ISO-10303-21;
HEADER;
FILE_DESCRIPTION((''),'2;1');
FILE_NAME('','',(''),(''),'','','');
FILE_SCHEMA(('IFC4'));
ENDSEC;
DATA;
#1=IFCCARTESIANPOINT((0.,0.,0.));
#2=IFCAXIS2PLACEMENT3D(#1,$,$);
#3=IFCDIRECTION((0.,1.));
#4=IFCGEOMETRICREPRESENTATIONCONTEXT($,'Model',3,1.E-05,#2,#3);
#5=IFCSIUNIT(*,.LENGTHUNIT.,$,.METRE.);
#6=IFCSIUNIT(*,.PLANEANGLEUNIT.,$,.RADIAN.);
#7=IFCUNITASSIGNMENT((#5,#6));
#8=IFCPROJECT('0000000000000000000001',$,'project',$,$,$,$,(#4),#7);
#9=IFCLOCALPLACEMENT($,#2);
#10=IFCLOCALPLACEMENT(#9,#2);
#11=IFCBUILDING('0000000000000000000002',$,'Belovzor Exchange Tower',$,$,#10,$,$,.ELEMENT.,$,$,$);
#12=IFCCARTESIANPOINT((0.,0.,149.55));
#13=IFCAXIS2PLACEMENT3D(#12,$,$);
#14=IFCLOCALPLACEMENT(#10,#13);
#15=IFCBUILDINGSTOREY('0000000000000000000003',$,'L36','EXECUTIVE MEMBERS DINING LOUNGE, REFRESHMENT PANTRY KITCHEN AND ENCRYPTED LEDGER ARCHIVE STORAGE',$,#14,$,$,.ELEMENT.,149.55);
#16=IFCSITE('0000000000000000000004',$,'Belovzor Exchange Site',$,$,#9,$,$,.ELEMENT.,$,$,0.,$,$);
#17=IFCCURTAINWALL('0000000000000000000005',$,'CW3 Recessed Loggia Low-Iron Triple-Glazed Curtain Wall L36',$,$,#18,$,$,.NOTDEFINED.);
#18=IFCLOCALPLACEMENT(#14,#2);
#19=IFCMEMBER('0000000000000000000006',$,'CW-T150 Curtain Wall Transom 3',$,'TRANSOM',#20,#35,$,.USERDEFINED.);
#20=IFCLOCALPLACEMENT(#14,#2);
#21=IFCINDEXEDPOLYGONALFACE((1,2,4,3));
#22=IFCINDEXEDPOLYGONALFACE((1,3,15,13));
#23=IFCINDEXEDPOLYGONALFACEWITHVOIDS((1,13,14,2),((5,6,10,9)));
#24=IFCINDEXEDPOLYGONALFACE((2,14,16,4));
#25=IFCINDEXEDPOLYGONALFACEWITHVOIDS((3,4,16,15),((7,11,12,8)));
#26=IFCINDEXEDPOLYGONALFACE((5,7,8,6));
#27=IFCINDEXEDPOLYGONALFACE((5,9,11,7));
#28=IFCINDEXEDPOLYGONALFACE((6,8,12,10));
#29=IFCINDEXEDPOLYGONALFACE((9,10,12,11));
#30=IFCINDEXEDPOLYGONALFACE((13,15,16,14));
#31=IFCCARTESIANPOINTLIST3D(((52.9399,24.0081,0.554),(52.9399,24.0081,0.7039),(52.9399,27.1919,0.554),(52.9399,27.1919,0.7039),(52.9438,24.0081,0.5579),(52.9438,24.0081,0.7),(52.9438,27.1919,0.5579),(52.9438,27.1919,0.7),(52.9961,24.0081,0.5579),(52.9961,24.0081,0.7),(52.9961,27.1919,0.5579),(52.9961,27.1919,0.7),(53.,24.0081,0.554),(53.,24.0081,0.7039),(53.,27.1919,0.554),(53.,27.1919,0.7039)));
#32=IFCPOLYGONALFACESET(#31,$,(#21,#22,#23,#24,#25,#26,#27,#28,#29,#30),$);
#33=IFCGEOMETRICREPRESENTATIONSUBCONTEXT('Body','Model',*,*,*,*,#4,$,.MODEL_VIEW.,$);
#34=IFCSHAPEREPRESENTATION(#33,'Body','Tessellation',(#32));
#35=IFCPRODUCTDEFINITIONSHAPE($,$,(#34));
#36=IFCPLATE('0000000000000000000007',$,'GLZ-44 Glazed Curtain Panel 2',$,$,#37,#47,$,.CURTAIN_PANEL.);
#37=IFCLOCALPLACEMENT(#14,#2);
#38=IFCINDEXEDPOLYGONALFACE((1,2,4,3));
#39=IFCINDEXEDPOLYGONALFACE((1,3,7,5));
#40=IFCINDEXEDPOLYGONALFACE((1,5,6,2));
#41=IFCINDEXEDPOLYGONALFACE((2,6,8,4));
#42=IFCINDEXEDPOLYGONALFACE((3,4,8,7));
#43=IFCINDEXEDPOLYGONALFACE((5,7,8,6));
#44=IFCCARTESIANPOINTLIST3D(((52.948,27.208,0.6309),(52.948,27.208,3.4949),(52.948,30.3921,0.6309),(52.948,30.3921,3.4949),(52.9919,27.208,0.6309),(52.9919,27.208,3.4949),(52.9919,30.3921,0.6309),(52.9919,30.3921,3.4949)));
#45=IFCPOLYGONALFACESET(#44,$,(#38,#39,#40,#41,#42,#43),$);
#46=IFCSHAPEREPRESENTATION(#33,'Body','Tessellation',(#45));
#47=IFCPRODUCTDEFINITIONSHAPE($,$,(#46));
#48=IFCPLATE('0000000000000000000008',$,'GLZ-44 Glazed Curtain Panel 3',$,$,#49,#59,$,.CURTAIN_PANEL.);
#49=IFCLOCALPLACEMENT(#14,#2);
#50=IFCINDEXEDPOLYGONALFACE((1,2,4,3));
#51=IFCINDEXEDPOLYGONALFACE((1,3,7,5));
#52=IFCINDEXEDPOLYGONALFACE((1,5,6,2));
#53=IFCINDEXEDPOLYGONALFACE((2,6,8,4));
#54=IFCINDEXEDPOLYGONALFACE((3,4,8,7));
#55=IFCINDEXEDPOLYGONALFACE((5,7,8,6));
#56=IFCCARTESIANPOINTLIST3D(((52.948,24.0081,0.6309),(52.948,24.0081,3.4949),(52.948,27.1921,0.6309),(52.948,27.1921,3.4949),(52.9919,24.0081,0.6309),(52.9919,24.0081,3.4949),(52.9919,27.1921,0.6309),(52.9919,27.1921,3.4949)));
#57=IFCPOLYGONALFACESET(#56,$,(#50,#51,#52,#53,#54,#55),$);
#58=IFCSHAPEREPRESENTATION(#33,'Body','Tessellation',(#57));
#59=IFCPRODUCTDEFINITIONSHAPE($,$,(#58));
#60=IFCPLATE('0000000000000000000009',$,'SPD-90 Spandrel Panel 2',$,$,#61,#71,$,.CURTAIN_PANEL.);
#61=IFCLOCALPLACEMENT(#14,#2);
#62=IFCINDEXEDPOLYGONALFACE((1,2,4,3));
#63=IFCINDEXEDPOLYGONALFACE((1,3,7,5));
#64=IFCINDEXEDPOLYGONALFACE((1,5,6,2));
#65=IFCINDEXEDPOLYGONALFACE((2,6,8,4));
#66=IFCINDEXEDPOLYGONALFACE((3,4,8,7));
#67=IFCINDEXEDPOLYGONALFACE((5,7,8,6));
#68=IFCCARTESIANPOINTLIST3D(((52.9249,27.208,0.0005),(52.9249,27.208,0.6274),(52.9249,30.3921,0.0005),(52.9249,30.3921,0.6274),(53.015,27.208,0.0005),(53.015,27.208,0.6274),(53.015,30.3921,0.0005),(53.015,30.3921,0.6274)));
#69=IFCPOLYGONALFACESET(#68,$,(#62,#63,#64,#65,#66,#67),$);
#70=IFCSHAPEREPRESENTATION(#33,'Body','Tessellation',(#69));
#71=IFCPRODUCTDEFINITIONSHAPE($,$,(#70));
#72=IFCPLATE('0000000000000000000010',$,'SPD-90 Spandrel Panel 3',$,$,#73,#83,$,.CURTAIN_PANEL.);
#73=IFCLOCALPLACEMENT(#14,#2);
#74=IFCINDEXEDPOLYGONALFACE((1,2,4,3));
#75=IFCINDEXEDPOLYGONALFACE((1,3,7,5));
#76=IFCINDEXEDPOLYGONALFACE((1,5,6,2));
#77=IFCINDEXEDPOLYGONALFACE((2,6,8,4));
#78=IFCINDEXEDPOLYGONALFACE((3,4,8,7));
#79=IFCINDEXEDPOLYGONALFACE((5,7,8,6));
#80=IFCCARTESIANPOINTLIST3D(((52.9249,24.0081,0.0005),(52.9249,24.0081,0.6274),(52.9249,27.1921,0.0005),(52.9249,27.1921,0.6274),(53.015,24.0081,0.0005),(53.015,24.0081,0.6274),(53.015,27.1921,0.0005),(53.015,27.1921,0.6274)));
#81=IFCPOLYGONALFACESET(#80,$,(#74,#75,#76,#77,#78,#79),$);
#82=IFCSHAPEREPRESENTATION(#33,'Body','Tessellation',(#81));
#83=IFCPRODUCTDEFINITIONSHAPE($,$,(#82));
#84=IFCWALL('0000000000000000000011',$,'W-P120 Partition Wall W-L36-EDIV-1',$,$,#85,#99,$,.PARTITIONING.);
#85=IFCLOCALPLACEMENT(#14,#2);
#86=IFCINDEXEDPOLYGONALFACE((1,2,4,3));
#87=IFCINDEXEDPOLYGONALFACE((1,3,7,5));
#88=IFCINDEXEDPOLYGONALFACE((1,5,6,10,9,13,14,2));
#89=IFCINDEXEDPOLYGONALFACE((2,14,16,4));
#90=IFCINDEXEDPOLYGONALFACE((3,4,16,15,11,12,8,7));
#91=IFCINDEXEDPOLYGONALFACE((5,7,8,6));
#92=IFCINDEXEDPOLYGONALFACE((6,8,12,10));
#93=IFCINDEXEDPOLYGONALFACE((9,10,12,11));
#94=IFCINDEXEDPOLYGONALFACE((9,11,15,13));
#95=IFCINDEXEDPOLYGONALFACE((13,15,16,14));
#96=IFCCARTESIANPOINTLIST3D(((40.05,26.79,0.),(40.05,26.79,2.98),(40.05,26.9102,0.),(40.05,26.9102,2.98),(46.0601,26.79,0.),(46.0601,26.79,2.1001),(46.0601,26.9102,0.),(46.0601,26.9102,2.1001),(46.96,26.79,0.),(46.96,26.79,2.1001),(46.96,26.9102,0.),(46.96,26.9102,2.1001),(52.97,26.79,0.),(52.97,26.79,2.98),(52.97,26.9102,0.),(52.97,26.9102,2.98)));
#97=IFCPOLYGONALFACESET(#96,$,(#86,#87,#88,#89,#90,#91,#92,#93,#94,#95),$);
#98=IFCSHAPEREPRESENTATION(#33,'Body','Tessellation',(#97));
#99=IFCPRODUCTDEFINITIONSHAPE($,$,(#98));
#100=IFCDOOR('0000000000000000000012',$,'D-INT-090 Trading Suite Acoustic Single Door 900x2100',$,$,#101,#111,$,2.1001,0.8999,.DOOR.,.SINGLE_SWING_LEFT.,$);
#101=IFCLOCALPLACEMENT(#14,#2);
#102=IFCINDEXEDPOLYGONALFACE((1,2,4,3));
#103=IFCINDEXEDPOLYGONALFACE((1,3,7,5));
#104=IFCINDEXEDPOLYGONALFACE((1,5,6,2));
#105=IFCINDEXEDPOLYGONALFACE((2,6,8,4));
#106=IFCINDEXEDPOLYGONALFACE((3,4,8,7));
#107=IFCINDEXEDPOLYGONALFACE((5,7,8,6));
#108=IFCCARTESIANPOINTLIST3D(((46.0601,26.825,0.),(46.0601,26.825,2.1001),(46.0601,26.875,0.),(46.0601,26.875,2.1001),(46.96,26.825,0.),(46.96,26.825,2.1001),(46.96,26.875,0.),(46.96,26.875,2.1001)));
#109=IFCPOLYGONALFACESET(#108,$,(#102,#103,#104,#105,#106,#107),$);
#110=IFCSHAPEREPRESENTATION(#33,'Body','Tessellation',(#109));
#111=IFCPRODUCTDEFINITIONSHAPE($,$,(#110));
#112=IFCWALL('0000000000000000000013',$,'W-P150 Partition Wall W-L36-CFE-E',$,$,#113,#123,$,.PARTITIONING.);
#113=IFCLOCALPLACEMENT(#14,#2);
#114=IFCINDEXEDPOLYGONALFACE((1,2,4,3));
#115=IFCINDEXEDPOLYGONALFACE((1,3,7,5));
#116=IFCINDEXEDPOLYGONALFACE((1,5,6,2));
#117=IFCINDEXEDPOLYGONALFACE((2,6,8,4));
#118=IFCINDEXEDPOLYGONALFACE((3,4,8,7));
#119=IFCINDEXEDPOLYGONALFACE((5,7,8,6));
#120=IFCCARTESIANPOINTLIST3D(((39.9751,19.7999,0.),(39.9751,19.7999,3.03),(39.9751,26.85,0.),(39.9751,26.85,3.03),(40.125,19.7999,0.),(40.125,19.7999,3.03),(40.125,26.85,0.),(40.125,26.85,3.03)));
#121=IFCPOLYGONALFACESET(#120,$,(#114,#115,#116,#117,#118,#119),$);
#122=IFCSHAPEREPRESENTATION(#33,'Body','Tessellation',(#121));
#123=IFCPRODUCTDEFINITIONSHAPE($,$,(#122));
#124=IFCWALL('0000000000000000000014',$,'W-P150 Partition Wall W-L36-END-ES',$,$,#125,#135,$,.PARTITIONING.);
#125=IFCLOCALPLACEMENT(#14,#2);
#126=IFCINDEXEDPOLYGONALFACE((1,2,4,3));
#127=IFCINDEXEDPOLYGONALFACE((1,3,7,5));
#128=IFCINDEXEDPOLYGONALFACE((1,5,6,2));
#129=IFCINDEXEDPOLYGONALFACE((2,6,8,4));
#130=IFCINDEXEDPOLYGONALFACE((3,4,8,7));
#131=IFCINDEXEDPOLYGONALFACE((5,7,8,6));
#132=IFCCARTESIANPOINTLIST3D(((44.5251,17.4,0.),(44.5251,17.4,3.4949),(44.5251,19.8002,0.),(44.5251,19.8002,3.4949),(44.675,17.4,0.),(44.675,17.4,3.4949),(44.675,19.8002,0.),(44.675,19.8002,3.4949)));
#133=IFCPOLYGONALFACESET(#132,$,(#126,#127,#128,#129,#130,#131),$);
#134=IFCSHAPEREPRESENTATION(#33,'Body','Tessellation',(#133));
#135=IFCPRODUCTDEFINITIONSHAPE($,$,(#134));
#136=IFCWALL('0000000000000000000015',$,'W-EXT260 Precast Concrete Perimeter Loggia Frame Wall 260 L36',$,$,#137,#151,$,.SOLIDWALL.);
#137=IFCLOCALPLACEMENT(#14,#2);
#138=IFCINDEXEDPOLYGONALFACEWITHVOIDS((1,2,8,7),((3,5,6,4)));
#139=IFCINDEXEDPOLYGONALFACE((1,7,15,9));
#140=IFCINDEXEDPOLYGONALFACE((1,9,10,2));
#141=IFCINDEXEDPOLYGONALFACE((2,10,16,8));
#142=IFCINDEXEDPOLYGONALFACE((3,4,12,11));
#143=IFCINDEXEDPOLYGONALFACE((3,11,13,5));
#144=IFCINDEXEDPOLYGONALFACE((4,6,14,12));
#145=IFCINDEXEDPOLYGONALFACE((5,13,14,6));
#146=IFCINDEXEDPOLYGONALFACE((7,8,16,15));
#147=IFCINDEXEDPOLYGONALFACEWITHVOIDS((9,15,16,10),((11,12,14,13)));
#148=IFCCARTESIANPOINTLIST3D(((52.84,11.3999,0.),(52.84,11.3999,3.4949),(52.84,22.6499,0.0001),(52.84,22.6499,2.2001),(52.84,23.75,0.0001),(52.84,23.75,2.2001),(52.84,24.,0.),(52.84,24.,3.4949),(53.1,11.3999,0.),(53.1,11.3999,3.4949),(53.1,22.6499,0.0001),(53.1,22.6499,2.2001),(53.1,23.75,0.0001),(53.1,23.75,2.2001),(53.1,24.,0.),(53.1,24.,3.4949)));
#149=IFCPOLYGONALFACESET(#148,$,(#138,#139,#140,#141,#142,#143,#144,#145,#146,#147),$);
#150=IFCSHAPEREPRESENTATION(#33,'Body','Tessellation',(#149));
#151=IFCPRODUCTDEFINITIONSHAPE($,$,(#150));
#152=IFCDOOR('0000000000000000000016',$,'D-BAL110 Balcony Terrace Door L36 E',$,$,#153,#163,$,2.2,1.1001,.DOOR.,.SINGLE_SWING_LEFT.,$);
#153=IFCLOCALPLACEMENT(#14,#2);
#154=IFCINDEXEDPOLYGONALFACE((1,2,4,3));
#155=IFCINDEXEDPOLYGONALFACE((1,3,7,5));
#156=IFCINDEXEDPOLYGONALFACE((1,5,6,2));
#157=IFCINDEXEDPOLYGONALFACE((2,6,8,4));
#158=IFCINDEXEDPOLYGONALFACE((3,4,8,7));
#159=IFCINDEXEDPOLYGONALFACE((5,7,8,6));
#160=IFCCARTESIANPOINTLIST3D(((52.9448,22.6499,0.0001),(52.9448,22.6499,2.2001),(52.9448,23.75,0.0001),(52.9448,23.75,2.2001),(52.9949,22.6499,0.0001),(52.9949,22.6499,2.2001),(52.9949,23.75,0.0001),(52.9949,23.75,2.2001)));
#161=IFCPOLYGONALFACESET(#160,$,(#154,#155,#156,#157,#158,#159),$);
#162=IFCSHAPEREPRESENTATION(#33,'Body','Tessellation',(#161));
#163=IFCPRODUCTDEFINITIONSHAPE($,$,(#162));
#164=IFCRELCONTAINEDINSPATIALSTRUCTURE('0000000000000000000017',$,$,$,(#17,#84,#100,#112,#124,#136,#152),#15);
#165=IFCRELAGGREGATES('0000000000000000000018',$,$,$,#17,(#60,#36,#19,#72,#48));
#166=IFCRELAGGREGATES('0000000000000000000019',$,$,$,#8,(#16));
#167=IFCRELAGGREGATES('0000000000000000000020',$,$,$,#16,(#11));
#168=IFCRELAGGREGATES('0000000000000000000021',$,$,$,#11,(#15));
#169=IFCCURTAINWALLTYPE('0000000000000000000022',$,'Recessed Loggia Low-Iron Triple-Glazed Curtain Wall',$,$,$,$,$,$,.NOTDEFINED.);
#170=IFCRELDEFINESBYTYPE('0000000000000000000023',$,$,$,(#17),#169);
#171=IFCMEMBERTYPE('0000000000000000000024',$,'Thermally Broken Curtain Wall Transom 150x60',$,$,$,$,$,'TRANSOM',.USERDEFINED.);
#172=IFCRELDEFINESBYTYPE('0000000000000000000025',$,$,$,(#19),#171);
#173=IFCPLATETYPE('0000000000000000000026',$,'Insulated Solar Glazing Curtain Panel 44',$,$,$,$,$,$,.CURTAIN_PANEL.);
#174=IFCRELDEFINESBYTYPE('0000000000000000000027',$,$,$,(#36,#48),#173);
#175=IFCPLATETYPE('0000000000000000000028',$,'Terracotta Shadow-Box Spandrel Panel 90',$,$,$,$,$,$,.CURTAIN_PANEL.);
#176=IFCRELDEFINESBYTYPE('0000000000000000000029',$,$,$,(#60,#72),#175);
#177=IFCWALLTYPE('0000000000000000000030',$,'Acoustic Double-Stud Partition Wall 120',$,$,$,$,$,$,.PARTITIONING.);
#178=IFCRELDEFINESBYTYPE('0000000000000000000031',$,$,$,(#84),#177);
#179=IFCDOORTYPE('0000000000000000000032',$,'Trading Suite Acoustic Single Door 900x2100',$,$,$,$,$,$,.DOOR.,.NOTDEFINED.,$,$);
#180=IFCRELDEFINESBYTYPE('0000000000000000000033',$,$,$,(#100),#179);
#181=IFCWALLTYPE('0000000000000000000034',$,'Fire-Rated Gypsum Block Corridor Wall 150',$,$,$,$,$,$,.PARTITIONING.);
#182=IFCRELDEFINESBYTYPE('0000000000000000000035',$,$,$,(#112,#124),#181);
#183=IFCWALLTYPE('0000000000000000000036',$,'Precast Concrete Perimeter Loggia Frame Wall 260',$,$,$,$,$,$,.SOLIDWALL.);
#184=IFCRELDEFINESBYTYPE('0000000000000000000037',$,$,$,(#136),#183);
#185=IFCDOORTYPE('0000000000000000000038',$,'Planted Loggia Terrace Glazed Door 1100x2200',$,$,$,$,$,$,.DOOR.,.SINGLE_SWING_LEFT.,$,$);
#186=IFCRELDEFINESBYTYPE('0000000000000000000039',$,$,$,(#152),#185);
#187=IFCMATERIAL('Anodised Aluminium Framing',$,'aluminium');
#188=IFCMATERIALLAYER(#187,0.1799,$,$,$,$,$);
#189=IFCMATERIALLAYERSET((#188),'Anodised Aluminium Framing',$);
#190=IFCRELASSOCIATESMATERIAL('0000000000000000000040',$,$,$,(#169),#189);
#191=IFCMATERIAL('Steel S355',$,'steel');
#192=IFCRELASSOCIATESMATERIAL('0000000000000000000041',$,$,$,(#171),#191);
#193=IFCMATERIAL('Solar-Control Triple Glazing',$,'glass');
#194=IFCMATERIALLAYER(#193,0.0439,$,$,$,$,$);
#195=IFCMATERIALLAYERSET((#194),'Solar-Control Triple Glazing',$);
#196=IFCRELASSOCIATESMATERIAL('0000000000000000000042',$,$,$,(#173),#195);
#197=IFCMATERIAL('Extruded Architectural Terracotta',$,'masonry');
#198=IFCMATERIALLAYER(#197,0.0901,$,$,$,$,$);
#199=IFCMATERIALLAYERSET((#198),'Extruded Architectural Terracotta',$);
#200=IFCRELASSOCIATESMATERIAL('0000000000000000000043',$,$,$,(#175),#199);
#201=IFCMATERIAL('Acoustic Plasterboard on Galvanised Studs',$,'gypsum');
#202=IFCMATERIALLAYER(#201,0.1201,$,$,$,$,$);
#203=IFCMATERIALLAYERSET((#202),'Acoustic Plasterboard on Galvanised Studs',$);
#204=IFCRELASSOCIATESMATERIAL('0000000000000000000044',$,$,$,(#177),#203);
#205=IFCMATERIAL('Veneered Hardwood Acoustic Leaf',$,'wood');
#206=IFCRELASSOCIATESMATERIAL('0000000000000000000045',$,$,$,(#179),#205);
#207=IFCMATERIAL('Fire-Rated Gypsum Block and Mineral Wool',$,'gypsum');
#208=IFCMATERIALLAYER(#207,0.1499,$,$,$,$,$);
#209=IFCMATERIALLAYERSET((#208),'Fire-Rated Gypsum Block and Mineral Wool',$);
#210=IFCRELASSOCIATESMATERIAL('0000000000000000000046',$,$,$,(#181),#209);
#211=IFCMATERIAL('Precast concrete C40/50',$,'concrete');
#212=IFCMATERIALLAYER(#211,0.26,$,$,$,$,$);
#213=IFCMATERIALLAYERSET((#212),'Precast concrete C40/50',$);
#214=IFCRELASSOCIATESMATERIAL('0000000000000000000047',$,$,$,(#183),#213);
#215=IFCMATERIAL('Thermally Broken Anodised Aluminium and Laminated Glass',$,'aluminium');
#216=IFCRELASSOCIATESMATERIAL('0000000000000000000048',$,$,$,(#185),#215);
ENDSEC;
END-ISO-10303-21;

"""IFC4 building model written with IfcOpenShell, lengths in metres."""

from ifc_helpers import new_model, si_unit, direction, frame, frame_2d, origin, origin_2d, place, context, subcontext, project, spatial, rectangle, hollow_rectangle, extrude, material, layer, layer_set, material_profile, profile_set, type_object, element, fill, aggregate, save


model = new_model("IFC4")

# Units and contexts
model_context = context("Model", 3, precision=1e-05, world=origin(), true_north=direction((0.0, 1.0)))
body_context = subcontext(model_context, "Body", "Model", "MODEL_VIEW")
ifc_project = project(units=[si_unit("LENGTHUNIT", "METRE"), si_unit("PLANEANGLEUNIT", "RADIAN")], contexts=[model_context])

# Site, building, storey
site_placement = place(None, origin())
site = spatial("IfcSite", under=ifc_project, at=site_placement, Name="Belovzor Exchange Site", CompositionType="ELEMENT", RefElevation=0.0)
building_placement = place(site_placement, origin())
building = spatial("IfcBuilding", under=site, at=building_placement, Name="Belovzor Exchange Tower", CompositionType="ELEMENT")
storey_placement = place(building_placement, frame((0.0, 0.0, 149.55)))
storey = spatial("IfcBuildingStorey", under=building, at=storey_placement, Name="L36", Description="EXECUTIVE MEMBERS DINING LOUNGE, REFRESHMENT PANTRY KITCHEN AND ENCRYPTED LEDGER ARCHIVE STORAGE", CompositionType="ELEMENT", Elevation=149.55)

# Curtain wall, member, plates
ifc_material_1 = material(Name="Anodised Aluminium Framing", Category="aluminium")
ifc_layer_1 = layer(ifc_material_1, 0.1799)
ifc_layer_set_1 = layer_set([ifc_layer_1], Name="Anodised Aluminium Framing")
curtain_wall_type = type_object("IfcCurtainWallType", Name="Recessed Loggia Low-Iron Triple-Glazed Curtain Wall", PredefinedType="NOTDEFINED", material=ifc_layer_set_1)
curtain_wall_placement = place(storey_placement, origin())
curtain_wall = element("IfcCurtainWall", 1, at=curtain_wall_placement, inside=storey, type_object=curtain_wall_type, Name="CW3 Recessed Loggia Low-Iron Triple-Glazed Curtain Wall L36", PredefinedType="NOTDEFINED")
ifc_material_2 = material(Name="Steel S355", Category="steel")
ifc_material_profile_1 = material_profile(ifc_material_2, hollow_rectangle(XDim=0.0601, YDim=0.1499, WallThickness=0.0039, at=origin_2d()))
ifc_profile_set_1 = profile_set([ifc_material_profile_1], Name="Steel S355")
member_type_1 = type_object("IfcMemberType", Name="Thermally Broken Curtain Wall Transom 150x60", ElementType="TRANSOM", PredefinedType="USERDEFINED", material=ifc_profile_set_1)
member_1_placement = place(storey_placement, frame((52.97, 27.1919, 0.6289), z_axis=(0.0, -1.0, 0.0), x_axis=(1.0, 0.0, 0.0)))
member_1 = element("IfcMember", 2, at=member_1_placement, type_object=member_type_1, Name="CW-T150 Curtain Wall Transom 3", ObjectType="TRANSOM", PredefinedType="USERDEFINED", context=body_context, shape_type="SweptSolid", body=[
    extrude(hollow_rectangle(XDim=0.0601, YDim=0.1499, WallThickness=0.0039, at=origin_2d()), origin(), (0.0, 0.0, 1.0), 3.1838),
])
ifc_material_3 = material(Name="Solar-Control Triple Glazing", Category="glass")
ifc_layer_2 = layer(ifc_material_3, 0.0439)
ifc_layer_set_2 = layer_set([ifc_layer_2], Name="Solar-Control Triple Glazing")
plate_type_1 = type_object("IfcPlateType", Name="Insulated Solar Glazing Curtain Panel 44", PredefinedType="CURTAIN_PANEL", material=ifc_layer_set_2)
plate_1_placement = place(storey_placement, frame((52.97, 28.8, 0.6309), z_axis=(0.0, 0.0, 1.0), x_axis=(0.0, -1.0, 0.0)))
plate_1 = element("IfcPlate", 3, at=plate_1_placement, type_object=plate_type_1, Name="GLZ-44 Glazed Curtain Panel 2", PredefinedType="CURTAIN_PANEL", context=body_context, shape_type="SweptSolid", body=[
    extrude(rectangle(XDim=3.1841, YDim=0.0439, at=origin_2d()), origin(), (0.0, 0.0, 1.0), 2.864),
])
plate_2_placement = place(storey_placement, frame((52.97, 25.6001, 0.6309), z_axis=(0.0, 0.0, 1.0), x_axis=(0.0, -1.0, 0.0)))
plate_2 = element("IfcPlate", 4, at=plate_2_placement, type_object=plate_type_1, Name="GLZ-44 Glazed Curtain Panel 3", PredefinedType="CURTAIN_PANEL", context=body_context, shape_type="SweptSolid", body=[
    extrude(rectangle(XDim=3.1841, YDim=0.0439, at=origin_2d()), origin(), (0.0, 0.0, 1.0), 2.864),
])
ifc_material_4 = material(Name="Extruded Architectural Terracotta", Category="masonry")
ifc_layer_3 = layer(ifc_material_4, 0.0901)
ifc_layer_set_3 = layer_set([ifc_layer_3], Name="Extruded Architectural Terracotta")
plate_type_2 = type_object("IfcPlateType", Name="Terracotta Shadow-Box Spandrel Panel 90", PredefinedType="CURTAIN_PANEL", material=ifc_layer_set_3)
plate_3_placement = place(storey_placement, frame((52.97, 28.8, 0.0005), z_axis=(0.0, 0.0, 1.0), x_axis=(0.0, -1.0, 0.0)))
plate_3 = element("IfcPlate", 5, at=plate_3_placement, type_object=plate_type_2, Name="SPD-90 Spandrel Panel 2", PredefinedType="CURTAIN_PANEL", context=body_context, shape_type="SweptSolid", body=[
    extrude(rectangle(XDim=3.1841, YDim=0.0901, at=origin_2d()), origin(), (0.0, 0.0, 1.0), 0.627),
])
plate_4_placement = place(storey_placement, frame((52.97, 25.6001, 0.0005), z_axis=(0.0, 0.0, 1.0), x_axis=(0.0, -1.0, 0.0)))
plate_4 = element("IfcPlate", 6, at=plate_4_placement, type_object=plate_type_2, Name="SPD-90 Spandrel Panel 3", PredefinedType="CURTAIN_PANEL", context=body_context, shape_type="SweptSolid", body=[
    extrude(rectangle(XDim=3.1841, YDim=0.0901, at=origin_2d()), origin(), (0.0, 0.0, 1.0), 0.627),
])
aggregate(curtain_wall, [plate_3, plate_1, member_1, plate_4, plate_2])

# Wall, opening, door
ifc_material_5 = material(Name="Acoustic Plasterboard on Galvanised Studs", Category="gypsum")
ifc_layer_4 = layer(ifc_material_5, 0.1201)
ifc_layer_set_4 = layer_set([ifc_layer_4], Name="Acoustic Plasterboard on Galvanised Studs")
wall_type_1 = type_object("IfcWallType", Name="Acoustic Double-Stud Partition Wall 120", PredefinedType="PARTITIONING", material=ifc_layer_set_4)
wall_1_placement = place(storey_placement, frame((40.05, 26.8501, 0.0), z_axis=(0.0, 0.0, 1.0), x_axis=(1.0, 0.0, 0.0)))
wall_1 = element("IfcWall", 7, at=wall_1_placement, inside=storey, type_object=wall_type_1, Name="W-P120 Partition Wall W-L36-EDIV-1", PredefinedType="PARTITIONING", context=body_context, shape_type="SweptSolid", body=[
    extrude(rectangle(XDim=12.9199, YDim=0.1201, at=frame_2d((6.46, 0.0))), origin(), (0.0, 0.0, 1.0), 2.98),
])
opening_1_placement = place(wall_1_placement, frame((6.01, 0.0, 0.0)))
opening_1 = element("IfcOpeningElement", 8, at=opening_1_placement, cuts=wall_1, PredefinedType="OPENING", context=body_context, shape_type="SweptSolid", body=[
    extrude(rectangle(XDim=0.8999, YDim=2.1001, at=frame_2d((0.45, 1.05))), frame((0.0, 0.0701, 0.0), z_axis=(0.0, -1.0, 0.0), x_axis=(1.0, 0.0, 0.0)), (0.0, 0.0, 1.0), 0.1401),
])
ifc_material_6 = material(Name="Veneered Hardwood Acoustic Leaf", Category="wood")
door_type_1 = type_object("IfcDoorType", Name="Trading Suite Acoustic Single Door 900x2100", OperationType="NOTDEFINED", PredefinedType="DOOR", material=ifc_material_6)
door_1_placement = place(opening_1_placement, origin())
door_1 = element("IfcDoor", 9, at=door_1_placement, inside=storey, type_object=door_type_1, Name="D-INT-090 Trading Suite Acoustic Single Door 900x2100", OperationType="SINGLE_SWING_LEFT", OverallHeight=2.1001, OverallWidth=0.8999, PredefinedType="DOOR", context=body_context, shape_type="SweptSolid", body=[
    extrude(rectangle(XDim=0.8999, YDim=2.1001, at=frame_2d((0.45, 1.05))), frame((0.0, 0.0249, 0.0), z_axis=(0.0, -1.0, 0.0), x_axis=(1.0, 0.0, 0.0)), (0.0, 0.0, 1.0), 0.05),
])
fill(opening_1, door_1)

# Walls
ifc_material_7 = material(Name="Fire-Rated Gypsum Block and Mineral Wool", Category="gypsum")
ifc_layer_5 = layer(ifc_material_7, 0.1499)
ifc_layer_set_5 = layer_set([ifc_layer_5], Name="Fire-Rated Gypsum Block and Mineral Wool")
wall_type_2 = type_object("IfcWallType", Name="Fire-Rated Gypsum Block Corridor Wall 150", PredefinedType="PARTITIONING", material=ifc_layer_set_5)
wall_2_placement = place(storey_placement, frame((40.05, 19.8, 0.0), z_axis=(0.0, 0.0, 1.0), x_axis=(0.0, 1.0, 0.0)))
element("IfcWall", 10, at=wall_2_placement, inside=storey, type_object=wall_type_2, Name="W-P150 Partition Wall W-L36-CFE-E", PredefinedType="PARTITIONING", context=body_context, shape_type="SweptSolid", body=[
    extrude(rectangle(XDim=7.05, YDim=0.1499, at=frame_2d((3.5249, 0.0))), origin(), (0.0, 0.0, 1.0), 3.03),
])
wall_3_placement = place(storey_placement, frame((44.6001, 17.3999, 0.0), z_axis=(0.0, 0.0, 1.0), x_axis=(0.0, 1.0, 0.0)))
element("IfcWall", 11, at=wall_3_placement, inside=storey, type_object=wall_type_2, Name="W-P150 Partition Wall W-L36-END-ES", PredefinedType="PARTITIONING", context=body_context, shape_type="SweptSolid", body=[
    extrude(rectangle(XDim=2.4001, YDim=0.1499, at=frame_2d((1.2002, 0.0))), origin(), (0.0, 0.0, 1.0), 3.4949),
])

# Wall, opening, door
ifc_material_8 = material(Name="Precast concrete C40/50", Category="concrete")
ifc_layer_6 = layer(ifc_material_8, 0.26)
ifc_layer_set_6 = layer_set([ifc_layer_6], Name="Precast concrete C40/50")
wall_type_3 = type_object("IfcWallType", Name="Precast Concrete Perimeter Loggia Frame Wall 260", PredefinedType="SOLIDWALL", material=ifc_layer_set_6)
wall_4_placement = place(storey_placement, frame((52.97, 24.0, 0.0), z_axis=(0.0, 0.0, 1.0), x_axis=(0.0, -1.0, 0.0)))
wall_4 = element("IfcWall", 12, at=wall_4_placement, inside=storey, type_object=wall_type_3, Name="W-EXT260 Precast Concrete Perimeter Loggia Frame Wall 260 L36", PredefinedType="SOLIDWALL", context=body_context, shape_type="SweptSolid", body=[
    extrude(rectangle(XDim=12.6001, YDim=0.26, at=frame_2d((6.3, 0.0))), origin(), (0.0, 0.0, 1.0), 3.4949),
])
opening_2_placement = place(wall_4_placement, frame((0.25, 0.0, 0.0)))
opening_2 = element("IfcOpeningElement", 13, at=opening_2_placement, cuts=wall_4, PredefinedType="OPENING", context=body_context, shape_type="SweptSolid", body=[
    extrude(rectangle(XDim=1.1001, YDim=2.2, at=frame_2d((0.55, 1.1001))), frame((0.0, 0.1399, 0.0), z_axis=(0.0, -1.0, 0.0), x_axis=(1.0, 0.0, 0.0)), (0.0, 0.0, 1.0), 0.28),
])
ifc_material_9 = material(Name="Thermally Broken Anodised Aluminium and Laminated Glass", Category="aluminium")
door_type_2 = type_object("IfcDoorType", Name="Planted Loggia Terrace Glazed Door 1100x2200", OperationType="SINGLE_SWING_LEFT", PredefinedType="DOOR", material=ifc_material_9)
door_2_placement = place(opening_2_placement, origin())
door_2 = element("IfcDoor", 14, at=door_2_placement, inside=storey, type_object=door_type_2, Name="D-BAL110 Balcony Terrace Door L36 E", OperationType="SINGLE_SWING_LEFT", OverallHeight=2.2, OverallWidth=1.1001, PredefinedType="DOOR", context=body_context, shape_type="SweptSolid", body=[
    extrude(rectangle(XDim=1.1001, YDim=2.2, at=frame_2d((0.55, 1.1001))), frame((0.0, 0.0249, 0.0), z_axis=(0.0, -1.0, 0.0), x_axis=(1.0, 0.0, 0.0)), (0.0, 0.0, 1.0), 0.05),
])
fill(opening_2, door_2)

save(model, "model.ifc")
